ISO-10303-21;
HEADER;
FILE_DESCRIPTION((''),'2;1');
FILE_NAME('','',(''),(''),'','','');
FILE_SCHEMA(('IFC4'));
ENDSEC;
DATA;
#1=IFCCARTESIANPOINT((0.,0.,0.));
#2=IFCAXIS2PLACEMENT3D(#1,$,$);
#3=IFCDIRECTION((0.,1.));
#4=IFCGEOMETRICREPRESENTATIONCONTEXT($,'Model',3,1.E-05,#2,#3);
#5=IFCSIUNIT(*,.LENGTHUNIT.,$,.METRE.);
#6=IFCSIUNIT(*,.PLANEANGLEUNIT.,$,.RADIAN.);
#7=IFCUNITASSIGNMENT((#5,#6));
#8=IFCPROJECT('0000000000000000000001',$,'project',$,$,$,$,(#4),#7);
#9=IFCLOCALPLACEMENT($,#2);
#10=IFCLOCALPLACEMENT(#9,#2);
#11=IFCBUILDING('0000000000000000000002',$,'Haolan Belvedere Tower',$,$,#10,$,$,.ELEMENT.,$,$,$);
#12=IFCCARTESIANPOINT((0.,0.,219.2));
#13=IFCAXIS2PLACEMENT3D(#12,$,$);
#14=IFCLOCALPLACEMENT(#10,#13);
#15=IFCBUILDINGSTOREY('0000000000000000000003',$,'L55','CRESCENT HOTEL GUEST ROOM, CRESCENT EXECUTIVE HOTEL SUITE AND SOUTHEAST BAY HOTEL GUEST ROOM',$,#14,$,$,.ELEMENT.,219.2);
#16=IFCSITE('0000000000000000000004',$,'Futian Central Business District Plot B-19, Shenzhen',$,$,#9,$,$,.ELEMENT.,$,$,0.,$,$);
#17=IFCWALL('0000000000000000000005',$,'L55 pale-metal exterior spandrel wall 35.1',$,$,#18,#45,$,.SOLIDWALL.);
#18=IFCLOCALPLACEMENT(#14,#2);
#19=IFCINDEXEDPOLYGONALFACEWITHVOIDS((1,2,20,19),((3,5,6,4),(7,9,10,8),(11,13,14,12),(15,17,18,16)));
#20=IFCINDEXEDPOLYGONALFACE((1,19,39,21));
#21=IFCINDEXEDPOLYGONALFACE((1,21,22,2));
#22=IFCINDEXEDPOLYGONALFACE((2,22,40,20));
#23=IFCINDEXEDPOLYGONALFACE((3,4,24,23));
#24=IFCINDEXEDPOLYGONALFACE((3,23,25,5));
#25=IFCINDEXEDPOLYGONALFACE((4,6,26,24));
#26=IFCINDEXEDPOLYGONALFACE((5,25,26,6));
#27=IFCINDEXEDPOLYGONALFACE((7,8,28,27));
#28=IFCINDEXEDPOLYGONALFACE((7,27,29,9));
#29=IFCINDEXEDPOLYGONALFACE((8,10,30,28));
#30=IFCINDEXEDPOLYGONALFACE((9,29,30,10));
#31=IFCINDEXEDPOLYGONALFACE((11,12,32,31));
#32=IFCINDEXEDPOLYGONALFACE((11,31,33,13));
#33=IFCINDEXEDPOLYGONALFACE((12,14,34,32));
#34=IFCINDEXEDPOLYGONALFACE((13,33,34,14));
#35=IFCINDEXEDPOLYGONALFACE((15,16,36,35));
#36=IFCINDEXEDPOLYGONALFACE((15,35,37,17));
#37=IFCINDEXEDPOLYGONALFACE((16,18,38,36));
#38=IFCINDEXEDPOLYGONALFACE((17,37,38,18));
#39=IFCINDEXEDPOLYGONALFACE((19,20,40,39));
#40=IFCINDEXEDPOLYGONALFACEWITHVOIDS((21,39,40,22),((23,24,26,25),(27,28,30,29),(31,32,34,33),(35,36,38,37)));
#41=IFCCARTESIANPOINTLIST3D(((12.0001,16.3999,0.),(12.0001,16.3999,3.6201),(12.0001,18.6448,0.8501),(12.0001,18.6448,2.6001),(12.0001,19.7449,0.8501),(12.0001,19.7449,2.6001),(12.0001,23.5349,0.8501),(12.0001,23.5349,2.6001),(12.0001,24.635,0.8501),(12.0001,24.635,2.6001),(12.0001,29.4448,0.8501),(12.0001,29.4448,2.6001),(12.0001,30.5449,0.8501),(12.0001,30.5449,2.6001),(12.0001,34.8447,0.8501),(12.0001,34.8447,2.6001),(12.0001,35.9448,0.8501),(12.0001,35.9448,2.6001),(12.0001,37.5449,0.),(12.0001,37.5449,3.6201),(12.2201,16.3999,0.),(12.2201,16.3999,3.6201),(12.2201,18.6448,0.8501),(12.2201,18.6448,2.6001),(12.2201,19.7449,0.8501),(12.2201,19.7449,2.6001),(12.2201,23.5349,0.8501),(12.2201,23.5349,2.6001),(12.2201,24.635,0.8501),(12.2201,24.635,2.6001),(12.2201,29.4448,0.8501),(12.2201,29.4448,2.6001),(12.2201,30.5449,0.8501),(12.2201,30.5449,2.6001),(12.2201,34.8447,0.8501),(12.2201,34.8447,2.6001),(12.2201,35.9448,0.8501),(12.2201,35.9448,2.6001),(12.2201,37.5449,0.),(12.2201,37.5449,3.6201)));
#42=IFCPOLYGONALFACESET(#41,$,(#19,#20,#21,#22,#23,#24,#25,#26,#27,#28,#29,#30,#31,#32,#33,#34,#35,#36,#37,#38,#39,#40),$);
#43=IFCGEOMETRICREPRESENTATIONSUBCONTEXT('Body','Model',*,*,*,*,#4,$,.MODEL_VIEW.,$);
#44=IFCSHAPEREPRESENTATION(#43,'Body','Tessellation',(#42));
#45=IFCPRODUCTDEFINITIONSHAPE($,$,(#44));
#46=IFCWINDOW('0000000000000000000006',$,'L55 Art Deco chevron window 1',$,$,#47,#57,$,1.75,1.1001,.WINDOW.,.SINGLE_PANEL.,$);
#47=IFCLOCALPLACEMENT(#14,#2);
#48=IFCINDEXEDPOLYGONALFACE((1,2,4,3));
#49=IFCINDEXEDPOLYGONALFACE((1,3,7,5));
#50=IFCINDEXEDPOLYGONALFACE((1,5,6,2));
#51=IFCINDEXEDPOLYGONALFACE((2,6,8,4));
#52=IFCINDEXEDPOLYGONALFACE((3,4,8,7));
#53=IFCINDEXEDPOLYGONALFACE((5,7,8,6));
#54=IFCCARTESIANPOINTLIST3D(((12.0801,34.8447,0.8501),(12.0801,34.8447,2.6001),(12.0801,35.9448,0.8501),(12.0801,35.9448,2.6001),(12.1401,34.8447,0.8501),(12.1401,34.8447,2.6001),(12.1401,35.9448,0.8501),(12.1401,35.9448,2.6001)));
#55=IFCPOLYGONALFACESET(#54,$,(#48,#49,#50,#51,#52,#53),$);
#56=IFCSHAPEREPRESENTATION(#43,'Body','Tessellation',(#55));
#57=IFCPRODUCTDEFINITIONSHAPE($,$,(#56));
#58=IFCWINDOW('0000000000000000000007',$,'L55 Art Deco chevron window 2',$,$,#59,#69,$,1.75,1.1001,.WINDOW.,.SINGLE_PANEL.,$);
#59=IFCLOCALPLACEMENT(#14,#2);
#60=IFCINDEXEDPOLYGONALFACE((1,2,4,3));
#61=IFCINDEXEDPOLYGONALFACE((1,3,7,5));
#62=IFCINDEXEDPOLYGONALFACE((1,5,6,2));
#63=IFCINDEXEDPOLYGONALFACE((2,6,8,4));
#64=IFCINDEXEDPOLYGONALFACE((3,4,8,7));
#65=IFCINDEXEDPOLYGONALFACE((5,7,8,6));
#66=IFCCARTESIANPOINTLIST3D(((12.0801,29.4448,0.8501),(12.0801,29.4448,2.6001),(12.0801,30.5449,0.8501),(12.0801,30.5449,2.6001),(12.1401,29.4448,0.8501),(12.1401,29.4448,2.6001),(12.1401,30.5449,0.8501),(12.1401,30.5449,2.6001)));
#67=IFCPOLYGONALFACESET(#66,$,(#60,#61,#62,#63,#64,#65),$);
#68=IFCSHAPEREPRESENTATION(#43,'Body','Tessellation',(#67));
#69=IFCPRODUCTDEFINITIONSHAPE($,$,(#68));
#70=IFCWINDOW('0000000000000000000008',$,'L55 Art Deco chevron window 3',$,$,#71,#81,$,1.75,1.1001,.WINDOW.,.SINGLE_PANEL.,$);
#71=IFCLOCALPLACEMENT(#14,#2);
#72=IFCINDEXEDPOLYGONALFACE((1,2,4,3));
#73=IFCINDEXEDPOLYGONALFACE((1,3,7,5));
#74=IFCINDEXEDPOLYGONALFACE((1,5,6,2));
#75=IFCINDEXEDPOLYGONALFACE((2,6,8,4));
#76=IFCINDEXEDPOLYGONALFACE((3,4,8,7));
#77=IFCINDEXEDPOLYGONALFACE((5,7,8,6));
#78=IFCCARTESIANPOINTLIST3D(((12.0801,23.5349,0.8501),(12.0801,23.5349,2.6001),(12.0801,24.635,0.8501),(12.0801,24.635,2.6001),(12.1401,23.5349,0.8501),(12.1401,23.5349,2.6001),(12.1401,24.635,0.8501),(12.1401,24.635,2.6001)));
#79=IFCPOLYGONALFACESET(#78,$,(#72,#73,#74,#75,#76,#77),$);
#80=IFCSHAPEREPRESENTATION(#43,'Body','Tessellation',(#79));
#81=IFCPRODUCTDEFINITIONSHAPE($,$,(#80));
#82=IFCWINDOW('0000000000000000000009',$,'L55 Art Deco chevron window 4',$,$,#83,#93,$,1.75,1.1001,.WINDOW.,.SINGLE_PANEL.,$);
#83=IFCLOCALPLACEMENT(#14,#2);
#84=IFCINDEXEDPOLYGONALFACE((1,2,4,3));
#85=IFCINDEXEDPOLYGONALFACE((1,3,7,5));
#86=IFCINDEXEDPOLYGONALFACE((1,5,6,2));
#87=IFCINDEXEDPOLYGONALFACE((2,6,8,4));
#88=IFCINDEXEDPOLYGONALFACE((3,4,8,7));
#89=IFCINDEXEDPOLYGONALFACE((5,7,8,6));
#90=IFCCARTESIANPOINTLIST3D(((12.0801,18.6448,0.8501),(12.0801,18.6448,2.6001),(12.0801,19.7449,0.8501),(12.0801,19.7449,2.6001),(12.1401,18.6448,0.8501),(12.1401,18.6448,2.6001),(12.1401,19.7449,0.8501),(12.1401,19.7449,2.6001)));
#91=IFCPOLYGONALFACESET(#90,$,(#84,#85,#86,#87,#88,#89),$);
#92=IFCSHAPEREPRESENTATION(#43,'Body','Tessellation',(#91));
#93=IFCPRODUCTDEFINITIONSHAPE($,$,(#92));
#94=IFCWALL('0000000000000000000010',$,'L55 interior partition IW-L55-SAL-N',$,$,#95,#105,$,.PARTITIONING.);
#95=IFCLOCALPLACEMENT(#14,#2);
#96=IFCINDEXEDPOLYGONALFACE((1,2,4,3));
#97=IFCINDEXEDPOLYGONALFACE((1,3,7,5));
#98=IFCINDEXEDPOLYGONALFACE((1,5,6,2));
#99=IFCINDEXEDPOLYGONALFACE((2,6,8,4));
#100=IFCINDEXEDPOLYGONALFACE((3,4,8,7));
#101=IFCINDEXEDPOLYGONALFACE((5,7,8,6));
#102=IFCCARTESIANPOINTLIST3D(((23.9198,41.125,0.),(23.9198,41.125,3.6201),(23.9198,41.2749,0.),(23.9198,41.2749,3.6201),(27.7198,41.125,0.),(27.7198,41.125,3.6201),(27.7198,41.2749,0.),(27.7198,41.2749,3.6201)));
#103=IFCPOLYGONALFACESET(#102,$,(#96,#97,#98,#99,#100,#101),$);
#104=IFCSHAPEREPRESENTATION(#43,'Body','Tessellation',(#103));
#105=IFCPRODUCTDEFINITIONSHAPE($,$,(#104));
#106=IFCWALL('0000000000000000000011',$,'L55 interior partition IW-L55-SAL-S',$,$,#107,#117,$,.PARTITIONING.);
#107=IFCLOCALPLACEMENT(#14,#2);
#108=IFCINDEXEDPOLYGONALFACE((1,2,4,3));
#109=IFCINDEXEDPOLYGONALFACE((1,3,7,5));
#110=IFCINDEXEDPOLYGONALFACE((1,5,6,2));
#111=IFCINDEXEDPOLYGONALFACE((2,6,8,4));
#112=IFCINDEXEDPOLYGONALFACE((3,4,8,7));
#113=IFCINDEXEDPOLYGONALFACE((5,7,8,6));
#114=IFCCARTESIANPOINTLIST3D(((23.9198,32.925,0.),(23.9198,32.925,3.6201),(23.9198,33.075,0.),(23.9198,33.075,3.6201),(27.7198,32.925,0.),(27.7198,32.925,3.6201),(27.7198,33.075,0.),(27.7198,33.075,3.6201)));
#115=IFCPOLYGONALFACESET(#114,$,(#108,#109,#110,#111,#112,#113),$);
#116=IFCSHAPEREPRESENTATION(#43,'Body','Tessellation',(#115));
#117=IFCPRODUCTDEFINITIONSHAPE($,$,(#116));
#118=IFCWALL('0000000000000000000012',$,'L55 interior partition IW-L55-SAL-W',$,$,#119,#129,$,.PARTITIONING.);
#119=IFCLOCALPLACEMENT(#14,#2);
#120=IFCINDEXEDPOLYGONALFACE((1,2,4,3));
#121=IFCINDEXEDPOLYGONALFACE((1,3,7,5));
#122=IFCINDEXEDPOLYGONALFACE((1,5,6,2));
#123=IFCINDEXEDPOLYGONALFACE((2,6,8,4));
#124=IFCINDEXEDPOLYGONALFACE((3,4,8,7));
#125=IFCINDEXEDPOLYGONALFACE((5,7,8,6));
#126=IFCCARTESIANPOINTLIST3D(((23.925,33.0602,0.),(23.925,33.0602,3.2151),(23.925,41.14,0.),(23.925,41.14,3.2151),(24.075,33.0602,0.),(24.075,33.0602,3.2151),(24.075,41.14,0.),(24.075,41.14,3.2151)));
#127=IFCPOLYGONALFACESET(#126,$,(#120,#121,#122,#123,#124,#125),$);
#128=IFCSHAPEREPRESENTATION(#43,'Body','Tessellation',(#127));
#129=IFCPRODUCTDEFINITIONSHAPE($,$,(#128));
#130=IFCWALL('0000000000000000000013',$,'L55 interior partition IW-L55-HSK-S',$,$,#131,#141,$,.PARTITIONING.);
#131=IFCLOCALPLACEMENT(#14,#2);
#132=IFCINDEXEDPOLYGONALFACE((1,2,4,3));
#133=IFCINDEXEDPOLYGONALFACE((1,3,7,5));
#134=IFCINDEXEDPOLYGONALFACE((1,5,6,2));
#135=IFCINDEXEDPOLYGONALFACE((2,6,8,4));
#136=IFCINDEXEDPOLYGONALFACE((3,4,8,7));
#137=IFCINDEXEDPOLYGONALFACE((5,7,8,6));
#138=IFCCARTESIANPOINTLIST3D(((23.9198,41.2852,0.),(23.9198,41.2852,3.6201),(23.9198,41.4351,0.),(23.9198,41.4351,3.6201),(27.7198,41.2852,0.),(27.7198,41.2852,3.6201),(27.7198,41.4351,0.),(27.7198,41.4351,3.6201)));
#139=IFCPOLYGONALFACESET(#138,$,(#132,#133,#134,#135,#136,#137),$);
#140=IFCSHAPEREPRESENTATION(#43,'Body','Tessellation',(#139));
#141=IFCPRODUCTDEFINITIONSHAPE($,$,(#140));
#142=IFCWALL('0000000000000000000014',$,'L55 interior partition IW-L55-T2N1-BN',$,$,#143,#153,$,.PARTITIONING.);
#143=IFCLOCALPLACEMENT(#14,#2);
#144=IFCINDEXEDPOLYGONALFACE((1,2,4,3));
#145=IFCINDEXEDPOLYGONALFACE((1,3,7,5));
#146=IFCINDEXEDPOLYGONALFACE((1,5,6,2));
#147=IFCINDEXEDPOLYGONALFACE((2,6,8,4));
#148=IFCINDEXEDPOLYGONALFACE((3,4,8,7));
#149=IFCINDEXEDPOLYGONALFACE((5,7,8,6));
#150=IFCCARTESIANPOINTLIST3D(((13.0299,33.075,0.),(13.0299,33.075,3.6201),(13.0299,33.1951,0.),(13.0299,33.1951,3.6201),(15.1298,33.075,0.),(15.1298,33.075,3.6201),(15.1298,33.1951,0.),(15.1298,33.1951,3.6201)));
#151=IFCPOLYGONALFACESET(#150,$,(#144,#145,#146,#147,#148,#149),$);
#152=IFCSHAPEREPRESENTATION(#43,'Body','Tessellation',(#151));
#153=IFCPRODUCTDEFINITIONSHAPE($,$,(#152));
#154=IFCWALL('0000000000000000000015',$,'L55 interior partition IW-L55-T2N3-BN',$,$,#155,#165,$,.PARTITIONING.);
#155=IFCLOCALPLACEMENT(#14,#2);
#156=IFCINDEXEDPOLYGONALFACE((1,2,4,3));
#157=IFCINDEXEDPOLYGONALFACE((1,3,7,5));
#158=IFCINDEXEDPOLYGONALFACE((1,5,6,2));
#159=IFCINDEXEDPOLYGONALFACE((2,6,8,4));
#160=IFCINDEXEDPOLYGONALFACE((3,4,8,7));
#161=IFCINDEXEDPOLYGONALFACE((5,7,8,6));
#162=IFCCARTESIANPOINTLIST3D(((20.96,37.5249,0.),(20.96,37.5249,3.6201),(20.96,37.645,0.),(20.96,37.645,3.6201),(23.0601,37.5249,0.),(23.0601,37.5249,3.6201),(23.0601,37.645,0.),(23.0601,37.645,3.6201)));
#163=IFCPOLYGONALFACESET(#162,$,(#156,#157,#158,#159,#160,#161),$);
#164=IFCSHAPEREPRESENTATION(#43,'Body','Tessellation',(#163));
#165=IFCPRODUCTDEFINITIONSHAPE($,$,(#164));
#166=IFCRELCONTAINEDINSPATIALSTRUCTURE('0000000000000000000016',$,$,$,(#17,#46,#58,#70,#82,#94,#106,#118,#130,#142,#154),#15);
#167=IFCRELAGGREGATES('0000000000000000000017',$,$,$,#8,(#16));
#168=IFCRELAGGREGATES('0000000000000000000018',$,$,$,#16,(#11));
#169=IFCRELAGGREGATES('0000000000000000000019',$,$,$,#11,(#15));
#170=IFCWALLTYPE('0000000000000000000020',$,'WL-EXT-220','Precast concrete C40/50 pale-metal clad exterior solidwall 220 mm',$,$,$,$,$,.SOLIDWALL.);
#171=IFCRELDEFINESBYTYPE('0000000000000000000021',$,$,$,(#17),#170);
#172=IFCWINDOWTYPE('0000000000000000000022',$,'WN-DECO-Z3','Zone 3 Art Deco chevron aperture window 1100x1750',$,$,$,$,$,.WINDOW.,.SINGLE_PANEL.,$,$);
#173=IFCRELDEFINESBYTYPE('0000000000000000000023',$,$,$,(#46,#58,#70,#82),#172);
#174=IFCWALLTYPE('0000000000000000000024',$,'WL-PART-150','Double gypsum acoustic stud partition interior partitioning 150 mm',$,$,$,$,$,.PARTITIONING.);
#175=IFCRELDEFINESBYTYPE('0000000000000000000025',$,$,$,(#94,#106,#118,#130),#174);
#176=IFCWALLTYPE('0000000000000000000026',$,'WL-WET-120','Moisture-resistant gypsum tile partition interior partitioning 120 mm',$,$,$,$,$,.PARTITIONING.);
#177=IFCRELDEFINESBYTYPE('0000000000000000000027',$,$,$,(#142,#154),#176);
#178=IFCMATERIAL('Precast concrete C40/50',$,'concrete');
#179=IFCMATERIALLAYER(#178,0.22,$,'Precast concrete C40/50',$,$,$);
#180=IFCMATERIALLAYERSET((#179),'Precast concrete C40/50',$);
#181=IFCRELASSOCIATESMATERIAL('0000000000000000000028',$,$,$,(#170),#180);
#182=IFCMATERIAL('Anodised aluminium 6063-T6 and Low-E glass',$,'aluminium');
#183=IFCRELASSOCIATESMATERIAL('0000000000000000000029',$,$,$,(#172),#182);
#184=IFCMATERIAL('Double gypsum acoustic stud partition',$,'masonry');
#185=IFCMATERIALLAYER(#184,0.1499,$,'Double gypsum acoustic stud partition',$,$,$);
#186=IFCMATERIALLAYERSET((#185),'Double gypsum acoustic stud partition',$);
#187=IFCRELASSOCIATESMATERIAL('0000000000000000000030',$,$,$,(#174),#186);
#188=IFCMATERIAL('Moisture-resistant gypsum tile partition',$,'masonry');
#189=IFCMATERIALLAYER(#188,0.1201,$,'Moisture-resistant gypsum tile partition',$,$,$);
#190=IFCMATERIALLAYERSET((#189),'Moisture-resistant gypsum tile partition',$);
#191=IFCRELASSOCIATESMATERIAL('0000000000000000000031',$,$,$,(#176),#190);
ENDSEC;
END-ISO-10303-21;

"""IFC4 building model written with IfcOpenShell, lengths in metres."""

from ifc_helpers import new_model, si_unit, direction, frame, frame_2d, origin, place, context, subcontext, project, spatial, rectangle, extrude, material, layer, layer_set, type_object, element, fill, save


model = new_model("IFC4")

# Units and contexts
model_context = context("Model", 3, precision=1e-05, world=origin(), true_north=direction((0.0, 1.0)))
body_context = subcontext(model_context, "Body", "Model", "MODEL_VIEW")
ifc_project = project(units=[si_unit("LENGTHUNIT", "METRE"), si_unit("PLANEANGLEUNIT", "RADIAN")], contexts=[model_context])

# Site, building, storey
site_placement = place(None, origin())
site = spatial("IfcSite", under=ifc_project, at=site_placement, Name="Futian Central Business District Plot B-19, Shenzhen", CompositionType="ELEMENT", RefElevation=0.0)
building_placement = place(site_placement, origin())
building = spatial("IfcBuilding", under=site, at=building_placement, Name="Haolan Belvedere Tower", CompositionType="ELEMENT")
storey_placement = place(building_placement, frame((0.0, 0.0, 219.2)))
storey = spatial("IfcBuildingStorey", under=building, at=storey_placement, Name="L55", Description="CRESCENT HOTEL GUEST ROOM, CRESCENT EXECUTIVE HOTEL SUITE AND SOUTHEAST BAY HOTEL GUEST ROOM", CompositionType="ELEMENT", Elevation=219.2)

# Shared definitions
ifc_material_1 = material(Name="Precast concrete C40/50", Category="concrete")
ifc_layer_1 = layer(ifc_material_1, 0.22, Name="Precast concrete C40/50")
ifc_layer_set_1 = layer_set([ifc_layer_1], Name="Precast concrete C40/50")
wall_type_1 = type_object("IfcWallType", Name="WL-EXT-220", Description="Precast concrete C40/50 pale-metal clad exterior solidwall 220 mm", PredefinedType="SOLIDWALL", material=ifc_layer_set_1)

# Shared definitions
ifc_material_2 = material(Name="Anodised aluminium 6063-T6 and Low-E glass", Category="aluminium")
window_type = type_object("IfcWindowType", Name="WN-DECO-Z3", Description="Zone 3 Art Deco chevron aperture window 1100x1750", PartitioningType="SINGLE_PANEL", PredefinedType="WINDOW", material=ifc_material_2)

# Wall, openings, windows
wall_1_placement = place(storey_placement, frame((12.1101, 37.5449, 0.0), z_axis=(0.0, 0.0, 1.0), x_axis=(0.0, -1.0, 0.0)))
wall_1 = element("IfcWall", 1, at=wall_1_placement, inside=storey, type_object=wall_type_1, Name="L55 pale-metal exterior spandrel wall 35.1", PredefinedType="SOLIDWALL", context=body_context, shape_type="SweptSolid", body=[
    extrude(rectangle(XDim=21.145, YDim=0.22, at=frame_2d((10.5725, 0.0))), origin(), (0.0, 0.0, 1.0), 3.6201),
])
opening_1_placement = place(wall_1_placement, frame((1.6001, 0.0, 0.8501)))
opening_1 = element("IfcOpeningElement", 2, at=opening_1_placement, cuts=wall_1, PredefinedType="OPENING", context=body_context, shape_type="SweptSolid", body=[
    extrude(rectangle(XDim=1.1001, YDim=1.75, at=frame_2d((0.55, 0.875))), frame((0.0, 0.1199, 0.0), z_axis=(0.0, -1.0, 0.0), x_axis=(1.0, 0.0, 0.0)), (0.0, 0.0, 1.0), 0.24),
])
opening_2_placement = place(wall_1_placement, frame((7.0, 0.0, 0.8501)))
opening_2 = element("IfcOpeningElement", 3, at=opening_2_placement, cuts=wall_1, PredefinedType="OPENING", context=body_context, shape_type="SweptSolid", body=[
    extrude(rectangle(XDim=1.1001, YDim=1.75, at=frame_2d((0.55, 0.875))), frame((0.0, 0.1199, 0.0), z_axis=(0.0, -1.0, 0.0), x_axis=(1.0, 0.0, 0.0)), (0.0, 0.0, 1.0), 0.24),
])
opening_3_placement = place(wall_1_placement, frame((12.9099, 0.0, 0.8501)))
opening_3 = element("IfcOpeningElement", 4, at=opening_3_placement, cuts=wall_1, PredefinedType="OPENING", context=body_context, shape_type="SweptSolid", body=[
    extrude(rectangle(XDim=1.1001, YDim=1.75, at=frame_2d((0.55, 0.875))), frame((0.0, 0.1199, 0.0), z_axis=(0.0, -1.0, 0.0), x_axis=(1.0, 0.0, 0.0)), (0.0, 0.0, 1.0), 0.24),
])
opening_4_placement = place(wall_1_placement, frame((17.8, 0.0, 0.8501)))
opening_4 = element("IfcOpeningElement", 5, at=opening_4_placement, cuts=wall_1, PredefinedType="OPENING", context=body_context, shape_type="SweptSolid", body=[
    extrude(rectangle(XDim=1.1001, YDim=1.75, at=frame_2d((0.55, 0.875))), frame((0.0, 0.1199, 0.0), z_axis=(0.0, -1.0, 0.0), x_axis=(1.0, 0.0, 0.0)), (0.0, 0.0, 1.0), 0.24),
])
window_1_placement = place(opening_1_placement, origin())
window_1 = element("IfcWindow", 6, at=window_1_placement, inside=storey, type_object=window_type, Name="L55 Art Deco chevron window 1", OverallHeight=1.75, OverallWidth=1.1001, PartitioningType="SINGLE_PANEL", PredefinedType="WINDOW", context=body_context, shape_type="SweptSolid", body=[
    extrude(rectangle(XDim=1.1001, YDim=1.75, at=frame_2d((0.55, 0.875))), frame((0.0, 0.03, 0.0), z_axis=(0.0, -1.0, 0.0), x_axis=(1.0, 0.0, 0.0)), (0.0, 0.0, 1.0), 0.0601),
])
fill(opening_1, window_1)
window_2_placement = place(opening_2_placement, origin())
window_2 = element("IfcWindow", 7, at=window_2_placement, inside=storey, type_object=window_type, Name="L55 Art Deco chevron window 2", OverallHeight=1.75, OverallWidth=1.1001, PartitioningType="SINGLE_PANEL", PredefinedType="WINDOW", context=body_context, shape_type="SweptSolid", body=[
    extrude(rectangle(XDim=1.1001, YDim=1.75, at=frame_2d((0.55, 0.875))), frame((0.0, 0.03, 0.0), z_axis=(0.0, -1.0, 0.0), x_axis=(1.0, 0.0, 0.0)), (0.0, 0.0, 1.0), 0.0601),
])
fill(opening_2, window_2)
window_3_placement = place(opening_3_placement, origin())
window_3 = element("IfcWindow", 8, at=window_3_placement, inside=storey, type_object=window_type, Name="L55 Art Deco chevron window 3", OverallHeight=1.75, OverallWidth=1.1001, PartitioningType="SINGLE_PANEL", PredefinedType="WINDOW", context=body_context, shape_type="SweptSolid", body=[
    extrude(rectangle(XDim=1.1001, YDim=1.75, at=frame_2d((0.55, 0.875))), frame((0.0, 0.03, 0.0), z_axis=(0.0, -1.0, 0.0), x_axis=(1.0, 0.0, 0.0)), (0.0, 0.0, 1.0), 0.0601),
])
fill(opening_3, window_3)
window_4_placement = place(opening_4_placement, origin())
window_4 = element("IfcWindow", 9, at=window_4_placement, inside=storey, type_object=window_type, Name="L55 Art Deco chevron window 4", OverallHeight=1.75, OverallWidth=1.1001, PartitioningType="SINGLE_PANEL", PredefinedType="WINDOW", context=body_context, shape_type="SweptSolid", body=[
    extrude(rectangle(XDim=1.1001, YDim=1.75, at=frame_2d((0.55, 0.875))), frame((0.0, 0.03, 0.0), z_axis=(0.0, -1.0, 0.0), x_axis=(1.0, 0.0, 0.0)), (0.0, 0.0, 1.0), 0.0601),
])
fill(opening_4, window_4)

# Walls
ifc_material_3 = material(Name="Double gypsum acoustic stud partition", Category="masonry")
ifc_layer_2 = layer(ifc_material_3, 0.1499, Name="Double gypsum acoustic stud partition")
ifc_layer_set_2 = layer_set([ifc_layer_2], Name="Double gypsum acoustic stud partition")
wall_type_2 = type_object("IfcWallType", Name="WL-PART-150", Description="Double gypsum acoustic stud partition interior partitioning 150 mm", PredefinedType="PARTITIONING", material=ifc_layer_set_2)
for number, where, z_axis, x_axis, name in (
    (10, (23.9199, 41.2, 0.0), (0.0, 0.0, 1.0), (1.0, 0.0, 0.0), "L55 interior partition IW-L55-SAL-N"),
    (11, (23.9199, 33.0, 0.0), (0.0, 0.0, 1.0), (1.0, 0.0, 0.0), "L55 interior partition IW-L55-SAL-S"),
):
    element("IfcWall", number, at=place(storey_placement, frame(where, z_axis=z_axis, x_axis=x_axis)), inside=storey, type_object=wall_type_2, Name=name, PredefinedType="PARTITIONING", context=body_context, shape_type="SweptSolid", body=[
        extrude(rectangle(XDim=3.8, YDim=0.1499, at=frame_2d((1.8999, 0.0))), origin(), (0.0, 0.0, 1.0), 3.6201),
    ])
wall_2_placement = place(storey_placement, frame((24.0, 33.0601, 0.0), z_axis=(0.0, 0.0, 1.0), x_axis=(0.0, 1.0, 0.0)))
element("IfcWall", 12, at=wall_2_placement, inside=storey, type_object=wall_type_2, Name="L55 interior partition IW-L55-SAL-W", PredefinedType="PARTITIONING", context=body_context, shape_type="SweptSolid", body=[
    extrude(rectangle(XDim=8.0798, YDim=0.1499, at=frame_2d((4.04, 0.0))), origin(), (0.0, 0.0, 1.0), 3.2151),
])
wall_3_placement = place(storey_placement, frame((23.9199, 41.3601, 0.0), z_axis=(0.0, 0.0, 1.0), x_axis=(1.0, 0.0, 0.0)))
element("IfcWall", 13, at=wall_3_placement, inside=storey, type_object=wall_type_2, Name="L55 interior partition IW-L55-HSK-S", PredefinedType="PARTITIONING", context=body_context, shape_type="SweptSolid", body=[
    extrude(rectangle(XDim=3.8, YDim=0.1499, at=frame_2d((1.8999, 0.0))), origin(), (0.0, 0.0, 1.0), 3.6201),
])
ifc_material_4 = material(Name="Moisture-resistant gypsum tile partition", Category="masonry")
ifc_layer_3 = layer(ifc_material_4, 0.1201, Name="Moisture-resistant gypsum tile partition")
ifc_layer_set_3 = layer_set([ifc_layer_3], Name="Moisture-resistant gypsum tile partition")
wall_type_3 = type_object("IfcWallType", Name="WL-WET-120", Description="Moisture-resistant gypsum tile partition interior partitioning 120 mm", PredefinedType="PARTITIONING", material=ifc_layer_set_3)
wall_4_placement = place(storey_placement, frame((13.03, 33.135, 0.0), z_axis=(0.0, 0.0, 1.0), x_axis=(1.0, 0.0, 0.0)))
element("IfcWall", 14, at=wall_4_placement, inside=storey, type_object=wall_type_3, Name="L55 interior partition IW-L55-T2N1-BN", PredefinedType="PARTITIONING", context=body_context, shape_type="SweptSolid", body=[
    extrude(rectangle(XDim=2.0999, YDim=0.1201, at=frame_2d((1.0498, 0.0))), origin(), (0.0, 0.0, 1.0), 3.6201),
])
wall_5_placement = place(storey_placement, frame((20.96, 37.585, 0.0), z_axis=(0.0, 0.0, 1.0), x_axis=(1.0, 0.0, 0.0)))
element("IfcWall", 15, at=wall_5_placement, inside=storey, type_object=wall_type_3, Name="L55 interior partition IW-L55-T2N3-BN", PredefinedType="PARTITIONING", context=body_context, shape_type="SweptSolid", body=[
    extrude(rectangle(XDim=2.1001, YDim=0.1201, at=frame_2d((1.05, 0.0))), origin(), (0.0, 0.0, 1.0), 3.6201),
])

save(model, "model.ifc")
